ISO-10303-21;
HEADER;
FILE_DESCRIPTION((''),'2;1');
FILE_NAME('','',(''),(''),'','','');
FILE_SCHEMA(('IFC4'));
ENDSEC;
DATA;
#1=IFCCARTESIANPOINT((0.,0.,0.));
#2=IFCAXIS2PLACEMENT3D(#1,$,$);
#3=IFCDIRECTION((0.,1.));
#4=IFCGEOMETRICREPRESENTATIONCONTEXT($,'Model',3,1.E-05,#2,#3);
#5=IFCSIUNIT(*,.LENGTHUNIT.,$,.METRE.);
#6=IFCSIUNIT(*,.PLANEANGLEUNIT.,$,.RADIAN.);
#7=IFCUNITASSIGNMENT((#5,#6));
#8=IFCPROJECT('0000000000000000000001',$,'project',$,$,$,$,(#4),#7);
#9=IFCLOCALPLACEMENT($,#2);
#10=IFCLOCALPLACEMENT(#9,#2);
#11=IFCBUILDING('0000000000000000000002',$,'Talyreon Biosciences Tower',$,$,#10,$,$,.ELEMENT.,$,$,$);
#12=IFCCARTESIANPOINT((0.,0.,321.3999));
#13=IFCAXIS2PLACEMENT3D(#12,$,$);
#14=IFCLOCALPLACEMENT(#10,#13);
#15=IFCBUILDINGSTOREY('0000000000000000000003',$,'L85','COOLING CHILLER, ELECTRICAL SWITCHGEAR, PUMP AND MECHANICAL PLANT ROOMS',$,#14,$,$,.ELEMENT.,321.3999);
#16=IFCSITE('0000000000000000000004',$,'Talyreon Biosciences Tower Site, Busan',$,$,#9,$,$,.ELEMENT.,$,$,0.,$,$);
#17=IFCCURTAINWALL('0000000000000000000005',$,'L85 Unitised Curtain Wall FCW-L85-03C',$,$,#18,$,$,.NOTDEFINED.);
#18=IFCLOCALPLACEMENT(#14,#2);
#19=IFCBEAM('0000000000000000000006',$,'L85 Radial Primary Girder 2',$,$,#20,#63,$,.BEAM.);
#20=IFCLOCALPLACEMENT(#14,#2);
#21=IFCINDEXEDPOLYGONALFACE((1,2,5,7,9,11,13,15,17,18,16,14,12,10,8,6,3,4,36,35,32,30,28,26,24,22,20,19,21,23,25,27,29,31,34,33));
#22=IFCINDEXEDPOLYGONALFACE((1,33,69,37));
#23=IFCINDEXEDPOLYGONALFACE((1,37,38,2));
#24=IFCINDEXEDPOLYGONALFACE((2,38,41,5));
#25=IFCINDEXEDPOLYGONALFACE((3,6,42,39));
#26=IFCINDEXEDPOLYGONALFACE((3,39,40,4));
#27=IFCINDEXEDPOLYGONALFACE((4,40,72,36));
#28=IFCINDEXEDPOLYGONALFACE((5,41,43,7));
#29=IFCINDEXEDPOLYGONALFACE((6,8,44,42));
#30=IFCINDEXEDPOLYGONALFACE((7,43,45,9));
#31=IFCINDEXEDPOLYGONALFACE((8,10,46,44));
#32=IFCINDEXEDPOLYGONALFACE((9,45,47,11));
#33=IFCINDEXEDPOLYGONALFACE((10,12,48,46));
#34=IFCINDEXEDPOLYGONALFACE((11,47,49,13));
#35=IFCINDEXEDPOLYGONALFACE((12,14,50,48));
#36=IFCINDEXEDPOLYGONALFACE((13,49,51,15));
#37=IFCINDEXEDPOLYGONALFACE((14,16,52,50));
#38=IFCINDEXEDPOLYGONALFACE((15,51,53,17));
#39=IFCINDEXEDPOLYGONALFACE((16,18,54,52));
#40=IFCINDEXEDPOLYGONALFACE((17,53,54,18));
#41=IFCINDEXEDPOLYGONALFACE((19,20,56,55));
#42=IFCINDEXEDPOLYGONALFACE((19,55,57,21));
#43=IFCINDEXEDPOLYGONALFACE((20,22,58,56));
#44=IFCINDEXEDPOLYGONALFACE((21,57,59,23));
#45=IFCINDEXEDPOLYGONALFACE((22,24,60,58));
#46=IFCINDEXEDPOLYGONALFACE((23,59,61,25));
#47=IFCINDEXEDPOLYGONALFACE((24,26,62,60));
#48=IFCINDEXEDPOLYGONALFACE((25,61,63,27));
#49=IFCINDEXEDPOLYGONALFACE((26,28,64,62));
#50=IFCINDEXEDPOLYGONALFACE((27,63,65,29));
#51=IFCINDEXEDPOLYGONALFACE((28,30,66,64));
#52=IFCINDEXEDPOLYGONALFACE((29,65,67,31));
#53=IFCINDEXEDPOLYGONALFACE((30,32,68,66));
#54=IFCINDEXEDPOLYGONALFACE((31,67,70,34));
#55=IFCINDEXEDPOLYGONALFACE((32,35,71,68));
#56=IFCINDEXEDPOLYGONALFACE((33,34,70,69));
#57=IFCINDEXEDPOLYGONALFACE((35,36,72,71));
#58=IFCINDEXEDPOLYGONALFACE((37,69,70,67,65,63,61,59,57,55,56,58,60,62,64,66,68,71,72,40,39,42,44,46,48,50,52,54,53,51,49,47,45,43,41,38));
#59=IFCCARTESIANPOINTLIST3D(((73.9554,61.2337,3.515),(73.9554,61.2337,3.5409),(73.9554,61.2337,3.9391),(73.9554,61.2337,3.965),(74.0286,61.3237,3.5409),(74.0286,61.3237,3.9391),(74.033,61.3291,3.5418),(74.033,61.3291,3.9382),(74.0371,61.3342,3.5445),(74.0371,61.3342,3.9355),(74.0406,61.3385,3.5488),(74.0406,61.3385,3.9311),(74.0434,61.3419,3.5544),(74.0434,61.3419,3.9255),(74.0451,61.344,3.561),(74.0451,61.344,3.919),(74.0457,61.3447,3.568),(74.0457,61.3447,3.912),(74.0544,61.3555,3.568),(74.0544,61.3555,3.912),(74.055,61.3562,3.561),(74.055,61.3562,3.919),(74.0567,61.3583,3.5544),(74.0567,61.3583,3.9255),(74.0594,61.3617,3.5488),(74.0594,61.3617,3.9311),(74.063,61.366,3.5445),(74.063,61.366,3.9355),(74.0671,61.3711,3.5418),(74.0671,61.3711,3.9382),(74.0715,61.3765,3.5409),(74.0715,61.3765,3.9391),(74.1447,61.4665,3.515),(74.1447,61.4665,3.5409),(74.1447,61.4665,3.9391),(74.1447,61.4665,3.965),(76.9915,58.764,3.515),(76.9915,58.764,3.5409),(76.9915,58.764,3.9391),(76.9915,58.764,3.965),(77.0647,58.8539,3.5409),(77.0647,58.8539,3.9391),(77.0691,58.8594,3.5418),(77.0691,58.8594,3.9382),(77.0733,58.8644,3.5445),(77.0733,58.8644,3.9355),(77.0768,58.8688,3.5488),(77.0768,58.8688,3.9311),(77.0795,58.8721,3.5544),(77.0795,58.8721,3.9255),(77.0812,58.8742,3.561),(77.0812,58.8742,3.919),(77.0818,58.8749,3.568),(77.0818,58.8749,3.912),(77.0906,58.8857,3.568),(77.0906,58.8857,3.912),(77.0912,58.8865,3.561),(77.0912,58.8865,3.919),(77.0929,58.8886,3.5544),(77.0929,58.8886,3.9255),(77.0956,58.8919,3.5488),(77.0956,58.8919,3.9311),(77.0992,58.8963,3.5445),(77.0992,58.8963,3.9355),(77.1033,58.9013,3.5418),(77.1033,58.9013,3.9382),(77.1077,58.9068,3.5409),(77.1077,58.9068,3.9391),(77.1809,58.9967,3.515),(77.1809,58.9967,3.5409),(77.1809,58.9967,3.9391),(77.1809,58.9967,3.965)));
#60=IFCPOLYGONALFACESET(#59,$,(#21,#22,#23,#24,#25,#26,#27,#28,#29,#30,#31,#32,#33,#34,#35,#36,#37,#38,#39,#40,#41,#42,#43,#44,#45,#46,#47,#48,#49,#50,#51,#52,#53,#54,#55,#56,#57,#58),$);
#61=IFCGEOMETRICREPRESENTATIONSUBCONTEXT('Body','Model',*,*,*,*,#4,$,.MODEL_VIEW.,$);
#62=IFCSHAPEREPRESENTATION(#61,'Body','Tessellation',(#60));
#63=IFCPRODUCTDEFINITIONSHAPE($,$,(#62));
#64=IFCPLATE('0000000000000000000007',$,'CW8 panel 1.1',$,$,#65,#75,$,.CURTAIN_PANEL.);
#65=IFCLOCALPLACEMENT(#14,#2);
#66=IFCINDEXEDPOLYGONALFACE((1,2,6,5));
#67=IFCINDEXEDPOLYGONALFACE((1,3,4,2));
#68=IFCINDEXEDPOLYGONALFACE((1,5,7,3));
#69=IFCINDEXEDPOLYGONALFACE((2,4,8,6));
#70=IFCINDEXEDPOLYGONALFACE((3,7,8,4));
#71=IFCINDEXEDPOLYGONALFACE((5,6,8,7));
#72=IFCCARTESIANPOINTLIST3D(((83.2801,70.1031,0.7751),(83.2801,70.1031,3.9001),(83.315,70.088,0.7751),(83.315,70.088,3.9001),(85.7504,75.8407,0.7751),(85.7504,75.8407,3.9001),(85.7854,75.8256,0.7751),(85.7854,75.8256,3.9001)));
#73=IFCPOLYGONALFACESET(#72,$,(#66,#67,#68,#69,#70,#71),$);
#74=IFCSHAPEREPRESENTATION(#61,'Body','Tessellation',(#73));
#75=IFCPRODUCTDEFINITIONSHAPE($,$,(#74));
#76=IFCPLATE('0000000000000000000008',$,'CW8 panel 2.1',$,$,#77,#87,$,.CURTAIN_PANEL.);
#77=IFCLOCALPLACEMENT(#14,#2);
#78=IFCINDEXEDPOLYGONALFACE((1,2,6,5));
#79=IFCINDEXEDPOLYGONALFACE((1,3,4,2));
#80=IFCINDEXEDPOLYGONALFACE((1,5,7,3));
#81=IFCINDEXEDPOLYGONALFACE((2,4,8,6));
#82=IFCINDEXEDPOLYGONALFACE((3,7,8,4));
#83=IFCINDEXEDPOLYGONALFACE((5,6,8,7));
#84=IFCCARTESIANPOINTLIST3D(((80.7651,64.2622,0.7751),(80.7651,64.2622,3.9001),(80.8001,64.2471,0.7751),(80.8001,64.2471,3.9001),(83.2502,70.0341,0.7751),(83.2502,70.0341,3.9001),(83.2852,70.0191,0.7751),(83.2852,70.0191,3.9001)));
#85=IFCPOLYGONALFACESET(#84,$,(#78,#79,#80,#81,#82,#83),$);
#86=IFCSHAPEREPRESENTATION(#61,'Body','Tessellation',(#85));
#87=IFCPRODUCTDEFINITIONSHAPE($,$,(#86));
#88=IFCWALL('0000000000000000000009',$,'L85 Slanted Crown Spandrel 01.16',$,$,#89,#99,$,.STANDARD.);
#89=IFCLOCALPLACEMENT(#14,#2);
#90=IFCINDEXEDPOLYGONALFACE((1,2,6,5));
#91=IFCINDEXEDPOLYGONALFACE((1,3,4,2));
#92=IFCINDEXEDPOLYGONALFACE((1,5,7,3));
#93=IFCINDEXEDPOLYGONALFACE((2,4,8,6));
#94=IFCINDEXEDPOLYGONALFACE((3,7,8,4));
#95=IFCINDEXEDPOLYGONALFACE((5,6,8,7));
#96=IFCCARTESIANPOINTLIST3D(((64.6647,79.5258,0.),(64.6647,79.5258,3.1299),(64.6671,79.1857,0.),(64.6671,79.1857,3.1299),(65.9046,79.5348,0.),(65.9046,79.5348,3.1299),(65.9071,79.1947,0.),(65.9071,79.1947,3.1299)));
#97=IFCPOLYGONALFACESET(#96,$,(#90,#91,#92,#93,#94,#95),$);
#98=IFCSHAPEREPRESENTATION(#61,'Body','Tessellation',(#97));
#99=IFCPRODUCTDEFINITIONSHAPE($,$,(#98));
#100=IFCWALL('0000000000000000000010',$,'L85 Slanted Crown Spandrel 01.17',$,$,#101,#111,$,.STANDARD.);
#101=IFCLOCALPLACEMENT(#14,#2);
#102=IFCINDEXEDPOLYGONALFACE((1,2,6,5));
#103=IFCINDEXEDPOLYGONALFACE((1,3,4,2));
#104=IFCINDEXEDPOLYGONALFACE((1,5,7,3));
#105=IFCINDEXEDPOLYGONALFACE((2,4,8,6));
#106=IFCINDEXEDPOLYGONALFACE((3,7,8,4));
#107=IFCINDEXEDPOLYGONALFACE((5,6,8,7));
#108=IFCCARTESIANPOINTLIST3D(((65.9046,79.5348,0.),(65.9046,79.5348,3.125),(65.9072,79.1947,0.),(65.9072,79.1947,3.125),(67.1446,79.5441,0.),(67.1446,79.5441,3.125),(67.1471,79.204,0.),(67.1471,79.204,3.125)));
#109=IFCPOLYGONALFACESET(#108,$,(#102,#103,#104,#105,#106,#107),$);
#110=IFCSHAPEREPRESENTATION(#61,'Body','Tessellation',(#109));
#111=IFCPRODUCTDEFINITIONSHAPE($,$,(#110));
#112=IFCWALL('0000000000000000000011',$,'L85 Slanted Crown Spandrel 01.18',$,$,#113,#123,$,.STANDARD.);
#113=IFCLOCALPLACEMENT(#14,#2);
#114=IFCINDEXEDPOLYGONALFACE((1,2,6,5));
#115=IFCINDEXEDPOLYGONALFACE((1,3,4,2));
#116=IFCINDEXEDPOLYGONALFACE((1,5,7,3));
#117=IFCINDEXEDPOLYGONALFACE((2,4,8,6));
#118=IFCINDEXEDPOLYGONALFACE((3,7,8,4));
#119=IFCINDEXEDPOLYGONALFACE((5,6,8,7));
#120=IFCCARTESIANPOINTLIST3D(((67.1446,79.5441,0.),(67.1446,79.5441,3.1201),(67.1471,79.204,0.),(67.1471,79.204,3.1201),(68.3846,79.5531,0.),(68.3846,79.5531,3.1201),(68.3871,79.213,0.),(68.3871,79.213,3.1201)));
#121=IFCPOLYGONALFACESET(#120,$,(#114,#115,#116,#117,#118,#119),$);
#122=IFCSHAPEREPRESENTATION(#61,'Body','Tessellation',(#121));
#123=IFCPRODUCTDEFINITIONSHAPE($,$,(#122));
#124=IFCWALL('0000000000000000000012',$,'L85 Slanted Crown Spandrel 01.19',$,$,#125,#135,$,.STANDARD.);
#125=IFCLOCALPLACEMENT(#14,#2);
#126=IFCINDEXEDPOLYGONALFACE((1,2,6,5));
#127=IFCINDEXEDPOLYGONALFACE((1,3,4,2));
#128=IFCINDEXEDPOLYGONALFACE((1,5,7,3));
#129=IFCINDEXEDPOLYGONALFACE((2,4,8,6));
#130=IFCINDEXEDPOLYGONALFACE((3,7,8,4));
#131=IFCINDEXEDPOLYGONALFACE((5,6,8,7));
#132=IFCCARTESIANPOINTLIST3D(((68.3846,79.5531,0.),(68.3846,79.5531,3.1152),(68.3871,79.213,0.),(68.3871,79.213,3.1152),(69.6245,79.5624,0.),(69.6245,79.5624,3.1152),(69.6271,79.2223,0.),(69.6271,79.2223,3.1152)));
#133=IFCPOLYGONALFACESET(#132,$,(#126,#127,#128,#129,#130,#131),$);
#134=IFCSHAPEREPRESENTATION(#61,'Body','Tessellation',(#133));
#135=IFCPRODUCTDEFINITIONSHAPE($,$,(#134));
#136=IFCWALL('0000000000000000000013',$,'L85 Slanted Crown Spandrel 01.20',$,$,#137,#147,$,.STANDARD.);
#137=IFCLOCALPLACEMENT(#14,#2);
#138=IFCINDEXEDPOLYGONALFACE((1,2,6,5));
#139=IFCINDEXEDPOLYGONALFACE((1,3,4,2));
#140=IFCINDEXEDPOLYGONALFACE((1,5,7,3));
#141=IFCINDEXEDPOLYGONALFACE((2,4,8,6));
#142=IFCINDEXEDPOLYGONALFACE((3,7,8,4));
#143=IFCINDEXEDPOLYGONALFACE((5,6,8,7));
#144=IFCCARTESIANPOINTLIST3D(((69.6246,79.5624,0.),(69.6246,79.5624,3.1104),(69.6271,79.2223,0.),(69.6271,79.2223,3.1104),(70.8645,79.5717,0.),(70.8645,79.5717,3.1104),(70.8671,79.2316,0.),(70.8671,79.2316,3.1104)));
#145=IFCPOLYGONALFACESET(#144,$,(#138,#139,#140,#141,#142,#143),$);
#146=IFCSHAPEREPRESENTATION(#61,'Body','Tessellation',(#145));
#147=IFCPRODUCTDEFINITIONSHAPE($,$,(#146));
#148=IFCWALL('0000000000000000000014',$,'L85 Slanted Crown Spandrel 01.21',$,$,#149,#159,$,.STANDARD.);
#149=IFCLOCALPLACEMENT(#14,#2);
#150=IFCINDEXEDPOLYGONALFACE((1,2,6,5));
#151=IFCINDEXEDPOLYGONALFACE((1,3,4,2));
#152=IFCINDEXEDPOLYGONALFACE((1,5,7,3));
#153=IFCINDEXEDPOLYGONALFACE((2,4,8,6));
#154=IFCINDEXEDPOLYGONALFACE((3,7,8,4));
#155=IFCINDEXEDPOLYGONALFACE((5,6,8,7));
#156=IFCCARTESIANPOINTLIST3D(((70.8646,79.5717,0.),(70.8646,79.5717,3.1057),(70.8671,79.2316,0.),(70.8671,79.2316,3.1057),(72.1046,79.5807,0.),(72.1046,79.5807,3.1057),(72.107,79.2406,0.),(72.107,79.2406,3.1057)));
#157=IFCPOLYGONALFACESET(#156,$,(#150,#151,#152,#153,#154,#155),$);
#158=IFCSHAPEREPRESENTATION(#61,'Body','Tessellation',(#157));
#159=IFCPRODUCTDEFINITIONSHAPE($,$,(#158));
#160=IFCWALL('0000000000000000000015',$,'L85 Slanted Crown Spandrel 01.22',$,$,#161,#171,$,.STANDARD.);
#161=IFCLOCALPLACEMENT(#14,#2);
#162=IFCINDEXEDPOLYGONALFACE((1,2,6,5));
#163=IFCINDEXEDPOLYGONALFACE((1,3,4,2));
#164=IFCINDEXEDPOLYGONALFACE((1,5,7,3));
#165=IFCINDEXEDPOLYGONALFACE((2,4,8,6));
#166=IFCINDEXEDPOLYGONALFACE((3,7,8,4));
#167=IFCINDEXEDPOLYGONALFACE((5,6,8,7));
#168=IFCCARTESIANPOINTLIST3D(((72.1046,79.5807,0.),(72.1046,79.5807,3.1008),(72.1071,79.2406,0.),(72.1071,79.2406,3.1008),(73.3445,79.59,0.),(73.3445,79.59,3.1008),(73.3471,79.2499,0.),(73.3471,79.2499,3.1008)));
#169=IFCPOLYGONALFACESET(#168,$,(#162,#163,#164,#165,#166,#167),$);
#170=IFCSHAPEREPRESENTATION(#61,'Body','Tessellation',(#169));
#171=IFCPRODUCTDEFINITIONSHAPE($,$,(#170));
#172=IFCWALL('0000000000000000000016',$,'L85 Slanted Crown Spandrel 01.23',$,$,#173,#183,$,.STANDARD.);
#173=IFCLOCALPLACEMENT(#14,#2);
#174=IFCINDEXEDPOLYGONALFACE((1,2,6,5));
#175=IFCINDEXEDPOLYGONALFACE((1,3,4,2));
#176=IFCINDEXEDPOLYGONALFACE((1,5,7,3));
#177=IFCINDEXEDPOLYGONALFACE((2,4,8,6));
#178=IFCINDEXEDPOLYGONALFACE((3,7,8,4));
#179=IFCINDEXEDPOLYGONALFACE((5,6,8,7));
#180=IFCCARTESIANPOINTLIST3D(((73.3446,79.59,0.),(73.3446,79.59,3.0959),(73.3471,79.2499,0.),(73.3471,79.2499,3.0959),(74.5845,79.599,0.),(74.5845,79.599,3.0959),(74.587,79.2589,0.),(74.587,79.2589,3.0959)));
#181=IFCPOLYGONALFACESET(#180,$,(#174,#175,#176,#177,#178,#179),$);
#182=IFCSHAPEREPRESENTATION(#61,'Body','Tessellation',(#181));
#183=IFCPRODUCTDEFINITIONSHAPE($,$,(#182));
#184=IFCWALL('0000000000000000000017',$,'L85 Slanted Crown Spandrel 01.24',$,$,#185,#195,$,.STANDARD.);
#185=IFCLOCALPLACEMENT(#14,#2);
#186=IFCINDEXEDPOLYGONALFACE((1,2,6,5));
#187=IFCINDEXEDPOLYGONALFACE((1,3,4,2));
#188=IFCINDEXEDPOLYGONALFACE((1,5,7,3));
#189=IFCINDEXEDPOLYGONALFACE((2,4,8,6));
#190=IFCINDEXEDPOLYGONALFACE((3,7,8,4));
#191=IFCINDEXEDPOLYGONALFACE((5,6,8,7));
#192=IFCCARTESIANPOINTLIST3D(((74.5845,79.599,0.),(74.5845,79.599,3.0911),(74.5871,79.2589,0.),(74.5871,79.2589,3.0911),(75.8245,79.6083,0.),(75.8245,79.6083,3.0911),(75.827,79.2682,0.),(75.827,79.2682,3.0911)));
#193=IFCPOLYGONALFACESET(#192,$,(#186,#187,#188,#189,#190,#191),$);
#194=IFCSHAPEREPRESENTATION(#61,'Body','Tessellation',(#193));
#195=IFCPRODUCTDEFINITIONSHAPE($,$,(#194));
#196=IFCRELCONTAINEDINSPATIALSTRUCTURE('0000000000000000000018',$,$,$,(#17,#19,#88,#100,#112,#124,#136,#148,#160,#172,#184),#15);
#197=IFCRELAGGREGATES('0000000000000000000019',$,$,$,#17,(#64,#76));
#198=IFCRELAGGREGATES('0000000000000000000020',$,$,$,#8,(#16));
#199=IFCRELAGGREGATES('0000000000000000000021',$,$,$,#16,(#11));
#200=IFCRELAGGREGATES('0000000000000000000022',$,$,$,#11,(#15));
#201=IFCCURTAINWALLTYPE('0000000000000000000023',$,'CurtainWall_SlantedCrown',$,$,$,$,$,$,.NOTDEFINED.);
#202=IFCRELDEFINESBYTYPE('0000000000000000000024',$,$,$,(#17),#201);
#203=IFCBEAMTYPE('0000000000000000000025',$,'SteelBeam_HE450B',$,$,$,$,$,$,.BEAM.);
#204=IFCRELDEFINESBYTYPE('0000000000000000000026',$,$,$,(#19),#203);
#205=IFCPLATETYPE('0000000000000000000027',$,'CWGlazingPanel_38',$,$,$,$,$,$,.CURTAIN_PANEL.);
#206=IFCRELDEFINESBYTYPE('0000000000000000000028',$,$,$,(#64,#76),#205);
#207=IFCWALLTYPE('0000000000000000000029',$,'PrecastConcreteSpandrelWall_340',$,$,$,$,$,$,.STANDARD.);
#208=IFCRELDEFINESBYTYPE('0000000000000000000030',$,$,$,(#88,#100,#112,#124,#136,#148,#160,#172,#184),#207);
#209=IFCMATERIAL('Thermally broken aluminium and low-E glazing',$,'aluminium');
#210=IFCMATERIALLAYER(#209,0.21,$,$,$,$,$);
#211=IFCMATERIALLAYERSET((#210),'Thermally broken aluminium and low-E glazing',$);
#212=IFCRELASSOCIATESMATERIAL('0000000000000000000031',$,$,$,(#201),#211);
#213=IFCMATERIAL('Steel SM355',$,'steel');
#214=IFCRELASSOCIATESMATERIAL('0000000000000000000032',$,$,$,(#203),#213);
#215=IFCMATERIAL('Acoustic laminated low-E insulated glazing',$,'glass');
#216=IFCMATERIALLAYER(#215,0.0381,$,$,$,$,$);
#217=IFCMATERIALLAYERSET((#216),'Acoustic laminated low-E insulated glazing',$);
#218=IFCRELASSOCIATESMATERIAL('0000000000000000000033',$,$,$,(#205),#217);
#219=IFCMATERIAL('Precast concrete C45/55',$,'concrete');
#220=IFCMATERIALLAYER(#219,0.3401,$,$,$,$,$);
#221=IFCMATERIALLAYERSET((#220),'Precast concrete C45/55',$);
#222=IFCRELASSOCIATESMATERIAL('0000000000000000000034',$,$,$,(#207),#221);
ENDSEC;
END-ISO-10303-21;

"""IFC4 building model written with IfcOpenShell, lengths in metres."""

from ifc_helpers import new_model, si_unit, direction, frame, frame_2d, origin, origin_2d, place, context, subcontext, project, spatial, rectangle, i_section, extrude, material, layer, layer_set, material_profile, profile_set, type_object, element, aggregate, save


model = new_model("IFC4")

# Units and contexts
model_context = context("Model", 3, precision=1e-05, world=origin(), true_north=direction((0.0, 1.0)))
body_context = subcontext(model_context, "Body", "Model", "MODEL_VIEW")
ifc_project = project(units=[si_unit("LENGTHUNIT", "METRE"), si_unit("PLANEANGLEUNIT", "RADIAN")], contexts=[model_context])

# Site, building, storey
site_placement = place(None, origin())
site = spatial("IfcSite", under=ifc_project, at=site_placement, Name="Talyreon Biosciences Tower Site, Busan", CompositionType="ELEMENT", RefElevation=0.0)
building_placement = place(site_placement, origin())
building = spatial("IfcBuilding", under=site, at=building_placement, Name="Talyreon Biosciences Tower", CompositionType="ELEMENT")
storey_placement = place(building_placement, frame((0.0, 0.0, 321.3999)))
storey = spatial("IfcBuildingStorey", under=building, at=storey_placement, Name="L85", Description="COOLING CHILLER, ELECTRICAL SWITCHGEAR, PUMP AND MECHANICAL PLANT ROOMS", CompositionType="ELEMENT", Elevation=321.3999)

# Curtain wall
ifc_material_1 = material(Name="Thermally broken aluminium and low-E glazing", Category="aluminium")
ifc_layer_1 = layer(ifc_material_1, 0.21)
ifc_layer_set_1 = layer_set([ifc_layer_1], Name="Thermally broken aluminium and low-E glazing")
curtain_wall_type = type_object("IfcCurtainWallType", Name="CurtainWall_SlantedCrown", PredefinedType="NOTDEFINED", material=ifc_layer_set_1)
curtain_wall_placement = place(storey_placement, origin())
curtain_wall = element("IfcCurtainWall", 1, at=curtain_wall_placement, inside=storey, type_object=curtain_wall_type, Name="L85 Unitised Curtain Wall FCW-L85-03C", PredefinedType="NOTDEFINED")

# Beam
ifc_material_2 = material(Name="Steel SM355", Category="steel")
ifc_material_profile_1 = material_profile(ifc_material_2, i_section(OverallWidth=0.3, OverallDepth=0.45, WebThickness=0.0139, FlangeThickness=0.0259, FilletRadius=0.0271, at=origin_2d()), Name="HE450B")
ifc_profile_set_1 = profile_set([ifc_material_profile_1], Name="Steel SM355")
beam_type = type_object("IfcBeamType", Name="SteelBeam_HE450B", PredefinedType="BEAM", material=ifc_profile_set_1)
beam_placement = place(storey_placement, frame((74.05, 61.3501, 3.74), z_axis=(0.775755, -0.631034, 0.0), x_axis=(0.631034, 0.775755, 0.0)))
element("IfcBeam", 2, at=beam_placement, inside=storey, type_object=beam_type, Name="L85 Radial Primary Girder 2", PredefinedType="BEAM", context=body_context, shape_type="SweptSolid", body=[
    extrude(i_section(OverallWidth=0.3, OverallDepth=0.45, WebThickness=0.0139, FlangeThickness=0.0259, FilletRadius=0.0271, at=origin_2d()), origin(), (0.0, 0.0, 1.0), 3.9138),
])

# Plates
ifc_material_3 = material(Name="Acoustic laminated low-E insulated glazing", Category="glass")
ifc_layer_2 = layer(ifc_material_3, 0.0381)
ifc_layer_set_2 = layer_set([ifc_layer_2], Name="Acoustic laminated low-E insulated glazing")
plate_type = type_object("IfcPlateType", Name="CWGlazingPanel_38", PredefinedType="CURTAIN_PANEL", material=ifc_layer_set_2)
plate_1_placement = place(storey_placement, frame((84.5327, 72.9644, 0.7751), z_axis=(0.0, 0.0, 1.0), x_axis=(-0.395451, -0.918487, 0.0)))
plate_1 = element("IfcPlate", 3, at=plate_1_placement, type_object=plate_type, Name="CW8 panel 1.1", PredefinedType="CURTAIN_PANEL", context=body_context, shape_type="SweptSolid", body=[
    extrude(rectangle(XDim=6.2468, YDim=0.0381, at=origin_2d()), origin(), (0.0, 0.0, 1.0), 3.125),
])
plate_2_placement = place(storey_placement, frame((82.0251, 67.1406, 0.7751), z_axis=(0.0, 0.0, 1.0), x_axis=(-0.395451, -0.918487, 0.0)))
plate_2 = element("IfcPlate", 4, at=plate_2_placement, type_object=plate_type, Name="CW8 panel 2.1", PredefinedType="CURTAIN_PANEL", context=body_context, shape_type="SweptSolid", body=[
    extrude(rectangle(XDim=6.2842, YDim=0.0381, at=origin_2d()), origin(), (0.0, 0.0, 1.0), 3.125),
])
aggregate(curtain_wall, [plate_1, plate_2])

# Walls
ifc_material_4 = material(Name="Precast concrete C45/55", Category="concrete")
ifc_layer_3 = layer(ifc_material_4, 0.3401)
ifc_layer_set_3 = layer_set([ifc_layer_3], Name="Precast concrete C45/55")
wall_type = type_object("IfcWallType", Name="PrecastConcreteSpandrelWall_340", PredefinedType="STANDARD", material=ifc_layer_set_3)
wall_1_placement = place(storey_placement, frame((64.6658, 79.3557, 0.0), z_axis=(0.0, 0.0, 1.0), x_axis=(0.999973, 0.007285, 0.0)))
element("IfcWall", 5, at=wall_1_placement, inside=storey, type_object=wall_type, Name="L85 Slanted Crown Spandrel 01.16", PredefinedType="STANDARD", context=body_context, shape_type="SweptSolid", body=[
    extrude(rectangle(XDim=1.24, YDim=0.3401, at=frame_2d((0.6201, 0.0))), origin(), (0.0, 0.0, 1.0), 3.1299),
])
wall_2_placement = place(storey_placement, frame((65.9058, 79.3647, 0.0), z_axis=(0.0, 0.0, 1.0), x_axis=(0.999972, 0.007482, 0.0)))
element("IfcWall", 6, at=wall_2_placement, inside=storey, type_object=wall_type, Name="L85 Slanted Crown Spandrel 01.17", PredefinedType="STANDARD", context=body_context, shape_type="SweptSolid", body=[
    extrude(rectangle(XDim=1.24, YDim=0.3401, at=frame_2d((0.6201, 0.0))), origin(), (0.0, 0.0, 1.0), 3.125),
])
wall_3_placement = place(storey_placement, frame((67.1458, 79.374, 0.0), z_axis=(0.0, 0.0, 1.0), x_axis=(0.999973, 0.007285, 0.0)))
element("IfcWall", 7, at=wall_3_placement, inside=storey, type_object=wall_type, Name="L85 Slanted Crown Spandrel 01.18", PredefinedType="STANDARD", context=body_context, shape_type="SweptSolid", body=[
    extrude(rectangle(XDim=1.24, YDim=0.3401, at=frame_2d((0.6201, 0.0))), origin(), (0.0, 0.0, 1.0), 3.1201),
])
wall_4_placement = place(storey_placement, frame((68.3857, 79.3831, 0.0), z_axis=(0.0, 0.0, 1.0), x_axis=(0.999972, 0.007482, 0.0)))
element("IfcWall", 8, at=wall_4_placement, inside=storey, type_object=wall_type, Name="L85 Slanted Crown Spandrel 01.19", PredefinedType="STANDARD", context=body_context, shape_type="SweptSolid", body=[
    extrude(rectangle(XDim=1.24, YDim=0.3401, at=frame_2d((0.6201, 0.0))), origin(), (0.0, 0.0, 1.0), 3.1152),
])
wall_5_placement = place(storey_placement, frame((69.6257, 79.3923, 0.0), z_axis=(0.0, 0.0, 1.0), x_axis=(0.999972, 0.007482, 0.0)))
element("IfcWall", 9, at=wall_5_placement, inside=storey, type_object=wall_type, Name="L85 Slanted Crown Spandrel 01.20", PredefinedType="STANDARD", context=body_context, shape_type="SweptSolid", body=[
    extrude(rectangle(XDim=1.24, YDim=0.3401, at=frame_2d((0.6201, 0.0))), origin(), (0.0, 0.0, 1.0), 3.1104),
])
wall_6_placement = place(storey_placement, frame((70.8657, 79.4016, 0.0), z_axis=(0.0, 0.0, 1.0), x_axis=(0.999973, 0.007285, 0.0)))
element("IfcWall", 10, at=wall_6_placement, inside=storey, type_object=wall_type, Name="L85 Slanted Crown Spandrel 01.21", PredefinedType="STANDARD", context=body_context, shape_type="SweptSolid", body=[
    extrude(rectangle(XDim=1.24, YDim=0.3401, at=frame_2d((0.6201, 0.0))), origin(), (0.0, 0.0, 1.0), 3.1057),
])
wall_7_placement = place(storey_placement, frame((72.1057, 79.4106, 0.0), z_axis=(0.0, 0.0, 1.0), x_axis=(0.999972, 0.007482, 0.0)))
element("IfcWall", 11, at=wall_7_placement, inside=storey, type_object=wall_type, Name="L85 Slanted Crown Spandrel 01.22", PredefinedType="STANDARD", context=body_context, shape_type="SweptSolid", body=[
    extrude(rectangle(XDim=1.24, YDim=0.3401, at=frame_2d((0.6201, 0.0))), origin(), (0.0, 0.0, 1.0), 3.1008),
])
wall_8_placement = place(storey_placement, frame((73.3457, 79.4199, 0.0), z_axis=(0.0, 0.0, 1.0), x_axis=(0.999973, 0.007285, 0.0)))
element("IfcWall", 12, at=wall_8_placement, inside=storey, type_object=wall_type, Name="L85 Slanted Crown Spandrel 01.23", PredefinedType="STANDARD", context=body_context, shape_type="SweptSolid", body=[
    extrude(rectangle(XDim=1.24, YDim=0.3401, at=frame_2d((0.6201, 0.0))), origin(), (0.0, 0.0, 1.0), 3.0959),
])
wall_9_placement = place(storey_placement, frame((74.5857, 79.429, 0.0), z_axis=(0.0, 0.0, 1.0), x_axis=(0.999972, 0.007482, 0.0)))
element("IfcWall", 13, at=wall_9_placement, inside=storey, type_object=wall_type, Name="L85 Slanted Crown Spandrel 01.24", PredefinedType="STANDARD", context=body_context, shape_type="SweptSolid", body=[
    extrude(rectangle(XDim=1.24, YDim=0.3401, at=frame_2d((0.6201, 0.0))), origin(), (0.0, 0.0, 1.0), 3.0911),
])

save(model, "model.ifc")
